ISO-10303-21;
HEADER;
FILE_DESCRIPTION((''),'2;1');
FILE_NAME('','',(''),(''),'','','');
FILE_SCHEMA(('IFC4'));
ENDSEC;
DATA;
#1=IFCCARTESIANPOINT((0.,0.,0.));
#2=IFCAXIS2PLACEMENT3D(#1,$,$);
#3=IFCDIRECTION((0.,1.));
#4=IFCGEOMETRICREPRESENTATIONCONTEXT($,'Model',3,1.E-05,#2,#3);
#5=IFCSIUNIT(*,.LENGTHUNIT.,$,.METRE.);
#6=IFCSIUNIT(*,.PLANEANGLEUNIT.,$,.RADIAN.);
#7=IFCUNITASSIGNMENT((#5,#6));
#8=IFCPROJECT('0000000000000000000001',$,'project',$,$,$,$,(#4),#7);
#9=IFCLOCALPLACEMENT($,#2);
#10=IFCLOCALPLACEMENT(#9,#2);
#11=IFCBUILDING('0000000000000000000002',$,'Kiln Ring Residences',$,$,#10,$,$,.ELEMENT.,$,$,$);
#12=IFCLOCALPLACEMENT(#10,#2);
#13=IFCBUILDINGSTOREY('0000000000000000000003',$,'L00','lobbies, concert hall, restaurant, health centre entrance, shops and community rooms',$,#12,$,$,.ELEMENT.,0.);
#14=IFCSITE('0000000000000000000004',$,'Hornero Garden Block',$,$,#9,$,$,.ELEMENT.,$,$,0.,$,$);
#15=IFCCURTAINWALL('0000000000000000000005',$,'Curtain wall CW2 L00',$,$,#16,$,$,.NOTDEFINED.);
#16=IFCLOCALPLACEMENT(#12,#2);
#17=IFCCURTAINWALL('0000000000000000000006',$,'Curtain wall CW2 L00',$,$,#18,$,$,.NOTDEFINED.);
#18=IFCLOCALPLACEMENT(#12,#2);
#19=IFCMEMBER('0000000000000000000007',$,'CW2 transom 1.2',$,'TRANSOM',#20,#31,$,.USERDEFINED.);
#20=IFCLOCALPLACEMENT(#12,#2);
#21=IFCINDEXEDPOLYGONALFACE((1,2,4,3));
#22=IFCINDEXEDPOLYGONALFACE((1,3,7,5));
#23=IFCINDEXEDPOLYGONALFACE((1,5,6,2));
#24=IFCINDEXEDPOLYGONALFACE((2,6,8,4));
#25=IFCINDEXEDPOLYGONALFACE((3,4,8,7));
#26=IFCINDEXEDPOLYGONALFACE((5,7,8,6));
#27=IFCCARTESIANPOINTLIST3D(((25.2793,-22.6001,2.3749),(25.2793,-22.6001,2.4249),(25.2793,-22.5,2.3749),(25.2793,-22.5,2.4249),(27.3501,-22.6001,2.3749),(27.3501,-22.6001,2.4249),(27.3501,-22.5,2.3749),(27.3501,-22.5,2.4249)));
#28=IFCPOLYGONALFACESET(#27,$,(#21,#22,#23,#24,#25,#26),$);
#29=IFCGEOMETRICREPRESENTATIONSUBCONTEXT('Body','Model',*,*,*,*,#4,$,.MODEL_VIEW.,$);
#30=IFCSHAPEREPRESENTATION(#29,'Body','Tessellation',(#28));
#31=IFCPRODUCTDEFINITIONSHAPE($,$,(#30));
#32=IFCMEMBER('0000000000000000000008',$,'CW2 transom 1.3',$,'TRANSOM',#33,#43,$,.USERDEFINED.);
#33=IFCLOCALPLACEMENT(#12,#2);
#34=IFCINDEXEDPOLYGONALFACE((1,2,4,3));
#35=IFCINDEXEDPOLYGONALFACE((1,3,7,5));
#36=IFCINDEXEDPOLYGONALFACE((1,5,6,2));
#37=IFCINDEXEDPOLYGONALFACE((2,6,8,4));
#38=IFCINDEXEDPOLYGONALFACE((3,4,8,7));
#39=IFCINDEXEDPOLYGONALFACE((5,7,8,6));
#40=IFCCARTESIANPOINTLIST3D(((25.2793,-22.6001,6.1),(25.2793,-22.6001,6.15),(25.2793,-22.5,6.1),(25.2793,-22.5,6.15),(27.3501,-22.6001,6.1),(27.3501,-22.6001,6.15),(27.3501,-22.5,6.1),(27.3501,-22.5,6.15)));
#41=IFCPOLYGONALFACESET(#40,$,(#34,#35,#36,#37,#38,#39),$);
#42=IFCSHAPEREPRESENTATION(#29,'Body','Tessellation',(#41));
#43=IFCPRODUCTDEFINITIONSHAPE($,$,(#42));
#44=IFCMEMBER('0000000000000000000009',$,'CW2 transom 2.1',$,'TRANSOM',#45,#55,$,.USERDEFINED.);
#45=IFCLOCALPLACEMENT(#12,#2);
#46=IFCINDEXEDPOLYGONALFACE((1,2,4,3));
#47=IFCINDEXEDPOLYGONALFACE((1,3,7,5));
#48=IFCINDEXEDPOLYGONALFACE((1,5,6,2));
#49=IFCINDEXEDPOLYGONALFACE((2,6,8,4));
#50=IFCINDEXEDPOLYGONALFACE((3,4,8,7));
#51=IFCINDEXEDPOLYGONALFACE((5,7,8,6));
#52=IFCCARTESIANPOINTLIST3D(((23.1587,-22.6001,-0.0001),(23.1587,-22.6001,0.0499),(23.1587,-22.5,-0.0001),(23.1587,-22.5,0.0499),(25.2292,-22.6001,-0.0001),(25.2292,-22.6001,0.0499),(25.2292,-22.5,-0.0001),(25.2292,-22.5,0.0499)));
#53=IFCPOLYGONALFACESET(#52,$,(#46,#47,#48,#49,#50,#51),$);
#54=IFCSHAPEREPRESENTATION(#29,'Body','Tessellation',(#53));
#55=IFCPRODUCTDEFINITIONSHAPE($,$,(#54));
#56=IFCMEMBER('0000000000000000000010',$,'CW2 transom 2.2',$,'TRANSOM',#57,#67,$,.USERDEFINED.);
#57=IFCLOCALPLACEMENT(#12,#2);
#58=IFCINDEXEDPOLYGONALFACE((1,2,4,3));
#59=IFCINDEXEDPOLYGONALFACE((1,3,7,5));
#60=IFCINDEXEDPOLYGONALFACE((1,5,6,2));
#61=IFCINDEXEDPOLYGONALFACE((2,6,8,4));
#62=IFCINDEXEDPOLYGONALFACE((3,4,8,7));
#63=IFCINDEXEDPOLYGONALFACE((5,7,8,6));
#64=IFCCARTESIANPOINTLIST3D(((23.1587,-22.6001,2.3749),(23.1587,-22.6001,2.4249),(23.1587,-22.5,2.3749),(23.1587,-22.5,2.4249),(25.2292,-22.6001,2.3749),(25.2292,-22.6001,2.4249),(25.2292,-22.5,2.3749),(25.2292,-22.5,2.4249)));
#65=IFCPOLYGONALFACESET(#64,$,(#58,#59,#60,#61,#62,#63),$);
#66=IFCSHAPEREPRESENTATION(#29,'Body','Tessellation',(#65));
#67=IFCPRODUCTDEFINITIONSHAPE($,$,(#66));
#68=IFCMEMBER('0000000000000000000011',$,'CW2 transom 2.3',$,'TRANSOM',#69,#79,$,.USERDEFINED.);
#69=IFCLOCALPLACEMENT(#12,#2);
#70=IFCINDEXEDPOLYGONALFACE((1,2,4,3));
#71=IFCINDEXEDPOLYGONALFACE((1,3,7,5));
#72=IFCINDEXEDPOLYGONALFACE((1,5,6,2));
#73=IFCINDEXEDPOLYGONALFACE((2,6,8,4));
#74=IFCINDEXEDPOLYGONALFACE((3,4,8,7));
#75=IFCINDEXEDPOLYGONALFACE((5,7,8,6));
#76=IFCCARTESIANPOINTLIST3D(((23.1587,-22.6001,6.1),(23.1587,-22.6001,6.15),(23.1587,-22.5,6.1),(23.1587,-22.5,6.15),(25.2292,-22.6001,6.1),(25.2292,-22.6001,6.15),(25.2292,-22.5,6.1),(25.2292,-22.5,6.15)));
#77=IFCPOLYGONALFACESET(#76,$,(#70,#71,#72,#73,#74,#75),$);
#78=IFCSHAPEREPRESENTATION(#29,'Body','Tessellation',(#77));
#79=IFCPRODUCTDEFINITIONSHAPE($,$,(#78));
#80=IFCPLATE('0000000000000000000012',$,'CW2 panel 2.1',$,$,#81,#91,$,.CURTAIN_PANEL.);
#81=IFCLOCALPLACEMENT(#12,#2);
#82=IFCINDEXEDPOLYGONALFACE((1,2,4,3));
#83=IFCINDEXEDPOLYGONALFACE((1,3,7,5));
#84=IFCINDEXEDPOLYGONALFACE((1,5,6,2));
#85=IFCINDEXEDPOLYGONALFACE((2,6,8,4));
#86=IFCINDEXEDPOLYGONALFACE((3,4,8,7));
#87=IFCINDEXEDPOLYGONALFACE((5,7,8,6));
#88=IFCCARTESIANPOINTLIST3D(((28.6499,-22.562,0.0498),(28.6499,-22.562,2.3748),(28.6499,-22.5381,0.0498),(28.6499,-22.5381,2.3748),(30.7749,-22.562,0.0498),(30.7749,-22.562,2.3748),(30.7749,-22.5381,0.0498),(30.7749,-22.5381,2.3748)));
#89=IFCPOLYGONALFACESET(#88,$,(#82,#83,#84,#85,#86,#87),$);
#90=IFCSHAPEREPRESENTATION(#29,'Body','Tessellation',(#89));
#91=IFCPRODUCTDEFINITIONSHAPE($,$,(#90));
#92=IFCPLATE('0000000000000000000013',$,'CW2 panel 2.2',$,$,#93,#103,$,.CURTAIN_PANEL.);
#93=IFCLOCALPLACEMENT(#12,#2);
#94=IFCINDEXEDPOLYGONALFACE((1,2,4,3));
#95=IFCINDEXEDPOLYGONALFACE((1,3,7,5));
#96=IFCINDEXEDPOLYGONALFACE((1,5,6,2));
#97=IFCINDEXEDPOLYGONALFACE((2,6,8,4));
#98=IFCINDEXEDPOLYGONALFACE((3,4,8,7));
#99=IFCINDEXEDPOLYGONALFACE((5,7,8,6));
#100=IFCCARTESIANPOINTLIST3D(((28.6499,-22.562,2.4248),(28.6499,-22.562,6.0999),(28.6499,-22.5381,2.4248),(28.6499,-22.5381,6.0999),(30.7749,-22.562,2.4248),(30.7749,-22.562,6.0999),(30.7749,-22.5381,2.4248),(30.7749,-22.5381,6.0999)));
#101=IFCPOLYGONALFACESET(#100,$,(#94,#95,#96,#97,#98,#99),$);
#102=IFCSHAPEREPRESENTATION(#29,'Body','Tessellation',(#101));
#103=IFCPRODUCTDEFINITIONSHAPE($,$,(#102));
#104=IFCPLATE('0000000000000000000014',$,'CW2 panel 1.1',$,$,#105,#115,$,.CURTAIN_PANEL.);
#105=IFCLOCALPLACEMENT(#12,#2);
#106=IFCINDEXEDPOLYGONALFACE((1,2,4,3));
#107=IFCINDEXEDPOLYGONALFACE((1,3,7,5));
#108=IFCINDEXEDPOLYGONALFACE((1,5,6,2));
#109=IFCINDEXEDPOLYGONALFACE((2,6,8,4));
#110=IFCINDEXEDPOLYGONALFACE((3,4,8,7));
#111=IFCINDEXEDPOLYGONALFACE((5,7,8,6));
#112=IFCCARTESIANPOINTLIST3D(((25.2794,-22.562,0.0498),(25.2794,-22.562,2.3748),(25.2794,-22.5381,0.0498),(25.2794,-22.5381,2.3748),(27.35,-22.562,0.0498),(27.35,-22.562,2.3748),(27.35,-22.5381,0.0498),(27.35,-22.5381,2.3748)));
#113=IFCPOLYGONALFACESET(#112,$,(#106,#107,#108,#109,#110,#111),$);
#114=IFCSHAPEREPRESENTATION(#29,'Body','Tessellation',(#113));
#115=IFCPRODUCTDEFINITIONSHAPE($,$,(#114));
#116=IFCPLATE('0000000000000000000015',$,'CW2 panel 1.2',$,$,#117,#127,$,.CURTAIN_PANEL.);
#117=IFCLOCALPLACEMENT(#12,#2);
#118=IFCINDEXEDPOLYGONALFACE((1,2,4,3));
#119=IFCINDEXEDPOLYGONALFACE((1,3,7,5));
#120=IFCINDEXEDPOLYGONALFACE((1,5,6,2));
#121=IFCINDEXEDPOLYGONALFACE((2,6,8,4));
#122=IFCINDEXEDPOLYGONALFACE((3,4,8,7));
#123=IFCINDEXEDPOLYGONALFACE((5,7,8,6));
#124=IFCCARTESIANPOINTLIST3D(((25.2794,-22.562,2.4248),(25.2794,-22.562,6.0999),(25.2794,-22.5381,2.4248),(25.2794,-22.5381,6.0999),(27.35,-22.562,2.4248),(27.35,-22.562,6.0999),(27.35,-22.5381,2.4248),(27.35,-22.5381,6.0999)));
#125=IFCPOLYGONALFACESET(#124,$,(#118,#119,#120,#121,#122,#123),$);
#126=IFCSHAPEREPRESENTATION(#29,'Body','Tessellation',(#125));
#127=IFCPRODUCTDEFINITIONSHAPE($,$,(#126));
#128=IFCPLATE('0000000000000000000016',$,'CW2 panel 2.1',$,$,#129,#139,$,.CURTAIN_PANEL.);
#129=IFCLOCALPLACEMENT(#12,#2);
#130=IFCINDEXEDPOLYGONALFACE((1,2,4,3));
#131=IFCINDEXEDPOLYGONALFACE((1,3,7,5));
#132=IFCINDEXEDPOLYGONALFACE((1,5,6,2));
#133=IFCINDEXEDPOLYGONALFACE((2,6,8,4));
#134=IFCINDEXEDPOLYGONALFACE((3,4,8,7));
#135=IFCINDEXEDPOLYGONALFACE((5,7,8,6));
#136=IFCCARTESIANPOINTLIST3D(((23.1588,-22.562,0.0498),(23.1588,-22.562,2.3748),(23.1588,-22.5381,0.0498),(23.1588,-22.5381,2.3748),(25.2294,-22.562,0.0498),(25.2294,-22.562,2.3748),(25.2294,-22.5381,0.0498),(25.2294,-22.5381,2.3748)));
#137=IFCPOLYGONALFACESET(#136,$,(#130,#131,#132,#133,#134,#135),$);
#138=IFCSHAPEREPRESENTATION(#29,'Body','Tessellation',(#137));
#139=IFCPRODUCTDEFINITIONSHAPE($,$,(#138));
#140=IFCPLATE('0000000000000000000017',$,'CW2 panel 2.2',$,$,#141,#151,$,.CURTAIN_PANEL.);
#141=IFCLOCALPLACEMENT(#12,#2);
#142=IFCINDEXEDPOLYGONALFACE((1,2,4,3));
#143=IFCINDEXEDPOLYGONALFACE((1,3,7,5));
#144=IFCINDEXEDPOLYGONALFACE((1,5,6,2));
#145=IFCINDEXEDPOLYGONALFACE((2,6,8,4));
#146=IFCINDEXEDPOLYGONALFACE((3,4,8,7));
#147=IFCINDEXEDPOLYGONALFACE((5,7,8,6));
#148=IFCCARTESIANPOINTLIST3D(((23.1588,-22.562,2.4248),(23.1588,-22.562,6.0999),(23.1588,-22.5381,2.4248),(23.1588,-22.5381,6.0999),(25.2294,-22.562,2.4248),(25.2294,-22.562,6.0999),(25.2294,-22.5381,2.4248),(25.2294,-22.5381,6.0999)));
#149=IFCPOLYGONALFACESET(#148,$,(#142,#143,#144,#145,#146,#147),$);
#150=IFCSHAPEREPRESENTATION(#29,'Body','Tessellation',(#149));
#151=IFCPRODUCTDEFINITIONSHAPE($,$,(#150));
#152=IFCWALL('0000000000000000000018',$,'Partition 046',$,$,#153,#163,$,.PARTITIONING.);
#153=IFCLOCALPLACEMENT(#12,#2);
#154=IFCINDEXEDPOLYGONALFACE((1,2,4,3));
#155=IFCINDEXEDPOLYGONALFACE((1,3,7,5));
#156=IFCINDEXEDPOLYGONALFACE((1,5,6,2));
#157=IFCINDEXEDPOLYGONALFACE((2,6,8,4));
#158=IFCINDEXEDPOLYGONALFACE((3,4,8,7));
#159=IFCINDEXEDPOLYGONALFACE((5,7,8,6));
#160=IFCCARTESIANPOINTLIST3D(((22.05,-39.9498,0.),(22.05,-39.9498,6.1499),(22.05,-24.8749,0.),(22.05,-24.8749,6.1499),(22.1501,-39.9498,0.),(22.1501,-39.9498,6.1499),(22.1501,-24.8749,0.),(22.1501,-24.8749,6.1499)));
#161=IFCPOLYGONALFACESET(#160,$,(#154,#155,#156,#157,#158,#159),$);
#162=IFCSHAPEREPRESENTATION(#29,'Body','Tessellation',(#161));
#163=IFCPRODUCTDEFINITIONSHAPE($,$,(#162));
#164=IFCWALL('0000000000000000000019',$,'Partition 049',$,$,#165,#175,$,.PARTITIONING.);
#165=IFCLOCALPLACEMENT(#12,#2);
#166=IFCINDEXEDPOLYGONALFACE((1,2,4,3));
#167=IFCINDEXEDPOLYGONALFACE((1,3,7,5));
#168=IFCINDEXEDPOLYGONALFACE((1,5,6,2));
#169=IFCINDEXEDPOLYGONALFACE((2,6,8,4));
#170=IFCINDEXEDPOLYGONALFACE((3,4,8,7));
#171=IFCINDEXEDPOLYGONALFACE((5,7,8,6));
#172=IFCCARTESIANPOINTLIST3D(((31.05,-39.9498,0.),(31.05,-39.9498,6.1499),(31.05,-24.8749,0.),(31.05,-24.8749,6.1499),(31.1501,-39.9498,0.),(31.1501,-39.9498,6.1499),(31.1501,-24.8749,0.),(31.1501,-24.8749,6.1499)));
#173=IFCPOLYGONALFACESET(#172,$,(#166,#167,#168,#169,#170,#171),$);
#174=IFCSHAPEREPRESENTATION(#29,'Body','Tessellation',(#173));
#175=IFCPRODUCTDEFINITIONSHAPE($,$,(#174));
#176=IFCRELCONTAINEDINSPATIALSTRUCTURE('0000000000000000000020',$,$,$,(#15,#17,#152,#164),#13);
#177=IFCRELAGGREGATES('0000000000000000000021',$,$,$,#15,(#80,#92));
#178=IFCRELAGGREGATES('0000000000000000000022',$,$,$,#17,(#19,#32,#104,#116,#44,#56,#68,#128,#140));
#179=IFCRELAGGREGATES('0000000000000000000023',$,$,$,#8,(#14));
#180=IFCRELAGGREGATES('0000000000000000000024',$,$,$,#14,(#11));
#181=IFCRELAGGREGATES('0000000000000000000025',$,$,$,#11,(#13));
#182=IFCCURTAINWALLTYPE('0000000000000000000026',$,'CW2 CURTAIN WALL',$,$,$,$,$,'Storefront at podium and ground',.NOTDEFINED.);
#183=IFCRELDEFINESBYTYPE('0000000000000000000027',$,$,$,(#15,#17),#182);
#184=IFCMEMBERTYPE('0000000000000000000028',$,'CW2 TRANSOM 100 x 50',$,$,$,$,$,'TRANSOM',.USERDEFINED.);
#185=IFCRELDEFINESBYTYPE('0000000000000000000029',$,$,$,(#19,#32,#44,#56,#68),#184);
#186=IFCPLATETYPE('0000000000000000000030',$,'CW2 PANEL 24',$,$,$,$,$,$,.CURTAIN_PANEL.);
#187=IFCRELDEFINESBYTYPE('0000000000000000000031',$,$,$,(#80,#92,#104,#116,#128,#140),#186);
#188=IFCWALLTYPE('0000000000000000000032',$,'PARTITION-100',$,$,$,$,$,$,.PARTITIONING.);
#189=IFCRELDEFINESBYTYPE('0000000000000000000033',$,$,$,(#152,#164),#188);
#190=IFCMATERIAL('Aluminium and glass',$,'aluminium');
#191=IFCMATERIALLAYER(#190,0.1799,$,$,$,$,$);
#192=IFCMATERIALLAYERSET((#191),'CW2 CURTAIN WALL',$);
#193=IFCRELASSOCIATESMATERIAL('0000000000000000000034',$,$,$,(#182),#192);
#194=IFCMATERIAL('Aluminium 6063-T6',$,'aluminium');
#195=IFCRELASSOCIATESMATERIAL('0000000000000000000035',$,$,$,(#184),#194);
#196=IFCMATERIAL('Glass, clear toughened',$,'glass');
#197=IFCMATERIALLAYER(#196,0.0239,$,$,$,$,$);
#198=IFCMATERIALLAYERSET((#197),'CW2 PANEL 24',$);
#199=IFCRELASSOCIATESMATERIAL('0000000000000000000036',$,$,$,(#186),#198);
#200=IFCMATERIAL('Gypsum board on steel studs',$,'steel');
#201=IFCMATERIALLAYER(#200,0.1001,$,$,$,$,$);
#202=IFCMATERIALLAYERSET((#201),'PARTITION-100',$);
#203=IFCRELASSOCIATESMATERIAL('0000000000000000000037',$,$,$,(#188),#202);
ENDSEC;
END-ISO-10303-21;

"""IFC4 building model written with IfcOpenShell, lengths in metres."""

from ifc_helpers import new_model, si_unit, direction, frame, frame_2d, origin, origin_2d, place, context, subcontext, project, spatial, rectangle, extrude, material, layer, layer_set, material_profile, profile_set, type_object, element, aggregate, save


model = new_model("IFC4")

# Units and contexts
model_context = context("Model", 3, precision=1e-05, world=origin(), true_north=direction((0.0, 1.0)))
body_context = subcontext(model_context, "Body", "Model", "MODEL_VIEW")
ifc_project = project(units=[si_unit("LENGTHUNIT", "METRE"), si_unit("PLANEANGLEUNIT", "RADIAN")], contexts=[model_context])

# Site, building, storey
site_placement = place(None, origin())
site = spatial("IfcSite", under=ifc_project, at=site_placement, Name="Hornero Garden Block", CompositionType="ELEMENT", RefElevation=0.0)
building_placement = place(site_placement, origin())
building = spatial("IfcBuilding", under=site, at=building_placement, Name="Kiln Ring Residences", CompositionType="ELEMENT")
storey_placement = place(building_placement, origin())
storey = spatial("IfcBuildingStorey", under=building, at=storey_placement, Name="L00", Description="lobbies, concert hall, restaurant, health centre entrance, shops and community rooms", CompositionType="ELEMENT", Elevation=0.0)

# Curtain wall
ifc_material_1 = material(Name="Aluminium and glass", Category="aluminium")
ifc_layer_1 = layer(ifc_material_1, 0.1799)
ifc_layer_set_1 = layer_set([ifc_layer_1], Name="CW2 CURTAIN WALL")
curtain_wall_type = type_object("IfcCurtainWallType", Name="CW2 CURTAIN WALL", ElementType="Storefront at podium and ground", PredefinedType="NOTDEFINED", material=ifc_layer_set_1)
placement = place(storey_placement, origin())
curtain_wall_1 = element("IfcCurtainWall", 1, at=placement, inside=storey, type_object=curtain_wall_type, Name="Curtain wall CW2 L00", PredefinedType="NOTDEFINED")

# Curtain wall
curtain_wall_2 = element("IfcCurtainWall", 2, at=placement, inside=storey, type_object=curtain_wall_type, Name="Curtain wall CW2 L00", PredefinedType="NOTDEFINED")

# Members
ifc_material_2 = material(Name="Aluminium 6063-T6", Category="aluminium")
ifc_material_profile_1 = material_profile(ifc_material_2, rectangle(XDim=0.1001, YDim=0.05, at=origin_2d()), Name="AL 100x50")
ifc_profile_set_1 = profile_set([ifc_material_profile_1], Name="Aluminium 6063-T6")
member_type_1 = type_object("IfcMemberType", Name="CW2 TRANSOM 100 x 50", ElementType="TRANSOM", PredefinedType="USERDEFINED", material=ifc_profile_set_1)
member_1_placement = place(storey_placement, frame((27.3501, -22.55, 2.3999), z_axis=(-1.0, 0.0, 0.0), x_axis=(0.0, -1.0, 0.0)))
member_1 = element("IfcMember", 3, at=member_1_placement, type_object=member_type_1, Name="CW2 transom 1.2", ObjectType="TRANSOM", PredefinedType="USERDEFINED", context=body_context, shape_type="SweptSolid", body=[
    extrude(rectangle(XDim=0.1001, YDim=0.05, at=origin_2d()), origin(), (0.0, 0.0, 1.0), 2.0708),
])
member_2_placement = place(storey_placement, frame((27.3501, -22.55, 6.125), z_axis=(-1.0, 0.0, 0.0), x_axis=(0.0, -1.0, 0.0)))
member_2 = element("IfcMember", 4, at=member_2_placement, type_object=member_type_1, Name="CW2 transom 1.3", ObjectType="TRANSOM", PredefinedType="USERDEFINED", context=body_context, shape_type="SweptSolid", body=[
    extrude(rectangle(XDim=0.1001, YDim=0.05, at=origin_2d()), origin(), (0.0, 0.0, 1.0), 2.0708),
])
member_3_placement = place(storey_placement, frame((25.2292, -22.55, 0.0249), z_axis=(-1.0, 0.0, 0.0), x_axis=(0.0, -1.0, 0.0)))
member_3 = element("IfcMember", 5, at=member_3_placement, type_object=member_type_1, Name="CW2 transom 2.1", ObjectType="TRANSOM", PredefinedType="USERDEFINED", context=body_context, shape_type="SweptSolid", body=[
    extrude(rectangle(XDim=0.1001, YDim=0.05, at=origin_2d()), origin(), (0.0, 0.0, 1.0), 2.0706),
])
member_4_placement = place(storey_placement, frame((25.2292, -22.55, 2.3999), z_axis=(-1.0, 0.0, 0.0), x_axis=(0.0, -1.0, 0.0)))
member_4 = element("IfcMember", 6, at=member_4_placement, type_object=member_type_1, Name="CW2 transom 2.2", ObjectType="TRANSOM", PredefinedType="USERDEFINED", context=body_context, shape_type="SweptSolid", body=[
    extrude(rectangle(XDim=0.1001, YDim=0.05, at=origin_2d()), origin(), (0.0, 0.0, 1.0), 2.0706),
])
member_5_placement = place(storey_placement, frame((25.2292, -22.55, 6.125), z_axis=(-1.0, 0.0, 0.0), x_axis=(0.0, -1.0, 0.0)))
member_5 = element("IfcMember", 7, at=member_5_placement, type_object=member_type_1, Name="CW2 transom 2.3", ObjectType="TRANSOM", PredefinedType="USERDEFINED", context=body_context, shape_type="SweptSolid", body=[
    extrude(rectangle(XDim=0.1001, YDim=0.05, at=origin_2d()), origin(), (0.0, 0.0, 1.0), 2.0706),
])

# Plates
ifc_material_3 = material(Name="Glass, clear toughened", Category="glass")
ifc_layer_2 = layer(ifc_material_3, 0.0239)
ifc_layer_set_2 = layer_set([ifc_layer_2], Name="CW2 PANEL 24")
plate_type = type_object("IfcPlateType", Name="CW2 PANEL 24", PredefinedType="CURTAIN_PANEL", material=ifc_layer_set_2)
plate_1_placement = place(storey_placement, frame((29.7124, -22.55, 0.0498), z_axis=(0.0, 0.0, 1.0), x_axis=(-1.0, 0.0, 0.0)))
plate_1 = element("IfcPlate", 8, at=plate_1_placement, type_object=plate_type, Name="CW2 panel 2.1", PredefinedType="CURTAIN_PANEL", context=body_context, shape_type="SweptSolid", body=[
    extrude(rectangle(XDim=2.125, YDim=0.0239, at=origin_2d()), origin(), (0.0, 0.0, 1.0), 2.325),
])
plate_2_placement = place(storey_placement, frame((29.7124, -22.55, 2.4248), z_axis=(0.0, 0.0, 1.0), x_axis=(-1.0, 0.0, 0.0)))
plate_2 = element("IfcPlate", 9, at=plate_2_placement, type_object=plate_type, Name="CW2 panel 2.2", PredefinedType="CURTAIN_PANEL", context=body_context, shape_type="SweptSolid", body=[
    extrude(rectangle(XDim=2.125, YDim=0.0239, at=origin_2d()), origin(), (0.0, 0.0, 1.0), 3.675),
])
aggregate(curtain_wall_1, [plate_1, plate_2])
plate_3_placement = place(storey_placement, frame((26.3147, -22.55, 0.0498), z_axis=(0.0, 0.0, 1.0), x_axis=(-1.0, 0.0, 0.0)))
plate_3 = element("IfcPlate", 10, at=plate_3_placement, type_object=plate_type, Name="CW2 panel 1.1", PredefinedType="CURTAIN_PANEL", context=body_context, shape_type="SweptSolid", body=[
    extrude(rectangle(XDim=2.0706, YDim=0.0239, at=origin_2d()), origin(), (0.0, 0.0, 1.0), 2.325),
])
plate_4_placement = place(storey_placement, frame((26.3147, -22.55, 2.4248), z_axis=(0.0, 0.0, 1.0), x_axis=(-1.0, 0.0, 0.0)))
plate_4 = element("IfcPlate", 11, at=plate_4_placement, type_object=plate_type, Name="CW2 panel 1.2", PredefinedType="CURTAIN_PANEL", context=body_context, shape_type="SweptSolid", body=[
    extrude(rectangle(XDim=2.0706, YDim=0.0239, at=origin_2d()), origin(), (0.0, 0.0, 1.0), 3.675),
])
plate_5_placement = place(storey_placement, frame((24.1941, -22.55, 0.0498), z_axis=(0.0, 0.0, 1.0), x_axis=(-1.0, 0.0, 0.0)))
plate_5 = element("IfcPlate", 12, at=plate_5_placement, type_object=plate_type, Name="CW2 panel 2.1", PredefinedType="CURTAIN_PANEL", context=body_context, shape_type="SweptSolid", body=[
    extrude(rectangle(XDim=2.0706, YDim=0.0239, at=origin_2d()), origin(), (0.0, 0.0, 1.0), 2.325),
])
plate_6_placement = place(storey_placement, frame((24.1941, -22.55, 2.4248), z_axis=(0.0, 0.0, 1.0), x_axis=(-1.0, 0.0, 0.0)))
plate_6 = element("IfcPlate", 13, at=plate_6_placement, type_object=plate_type, Name="CW2 panel 2.2", PredefinedType="CURTAIN_PANEL", context=body_context, shape_type="SweptSolid", body=[
    extrude(rectangle(XDim=2.0706, YDim=0.0239, at=origin_2d()), origin(), (0.0, 0.0, 1.0), 3.675),
])
aggregate(curtain_wall_2, [member_1, member_2, plate_3, plate_4, member_3, member_4, member_5, plate_5, plate_6])

# Walls
ifc_material_4 = material(Name="Gypsum board on steel studs", Category="steel")
ifc_layer_3 = layer(ifc_material_4, 0.1001)
ifc_layer_set_3 = layer_set([ifc_layer_3], Name="PARTITION-100")
wall_type = type_object("IfcWallType", Name="PARTITION-100", PredefinedType="PARTITIONING", material=ifc_layer_set_3)
for number, where, z_axis, x_axis, name in (
    (14, (22.1001, -39.95, 0.0), (0.0, 0.0, 1.0), (0.0, 1.0, 0.0), "Partition 046"),
    (15, (31.1001, -39.95, 0.0), (0.0, 0.0, 1.0), (0.0, 1.0, 0.0), "Partition 049"),
):
    element("IfcWall", number, at=place(storey_placement, frame(where, z_axis=z_axis, x_axis=x_axis)), inside=storey, type_object=wall_type, Name=name, PredefinedType="PARTITIONING", context=body_context, shape_type="SweptSolid", body=[
        extrude(rectangle(XDim=15.075, YDim=0.1001, at=frame_2d((7.5376, 0.0))), origin(), (0.0, 0.0, 1.0), 6.1499),
    ])

save(model, "model.ifc")
